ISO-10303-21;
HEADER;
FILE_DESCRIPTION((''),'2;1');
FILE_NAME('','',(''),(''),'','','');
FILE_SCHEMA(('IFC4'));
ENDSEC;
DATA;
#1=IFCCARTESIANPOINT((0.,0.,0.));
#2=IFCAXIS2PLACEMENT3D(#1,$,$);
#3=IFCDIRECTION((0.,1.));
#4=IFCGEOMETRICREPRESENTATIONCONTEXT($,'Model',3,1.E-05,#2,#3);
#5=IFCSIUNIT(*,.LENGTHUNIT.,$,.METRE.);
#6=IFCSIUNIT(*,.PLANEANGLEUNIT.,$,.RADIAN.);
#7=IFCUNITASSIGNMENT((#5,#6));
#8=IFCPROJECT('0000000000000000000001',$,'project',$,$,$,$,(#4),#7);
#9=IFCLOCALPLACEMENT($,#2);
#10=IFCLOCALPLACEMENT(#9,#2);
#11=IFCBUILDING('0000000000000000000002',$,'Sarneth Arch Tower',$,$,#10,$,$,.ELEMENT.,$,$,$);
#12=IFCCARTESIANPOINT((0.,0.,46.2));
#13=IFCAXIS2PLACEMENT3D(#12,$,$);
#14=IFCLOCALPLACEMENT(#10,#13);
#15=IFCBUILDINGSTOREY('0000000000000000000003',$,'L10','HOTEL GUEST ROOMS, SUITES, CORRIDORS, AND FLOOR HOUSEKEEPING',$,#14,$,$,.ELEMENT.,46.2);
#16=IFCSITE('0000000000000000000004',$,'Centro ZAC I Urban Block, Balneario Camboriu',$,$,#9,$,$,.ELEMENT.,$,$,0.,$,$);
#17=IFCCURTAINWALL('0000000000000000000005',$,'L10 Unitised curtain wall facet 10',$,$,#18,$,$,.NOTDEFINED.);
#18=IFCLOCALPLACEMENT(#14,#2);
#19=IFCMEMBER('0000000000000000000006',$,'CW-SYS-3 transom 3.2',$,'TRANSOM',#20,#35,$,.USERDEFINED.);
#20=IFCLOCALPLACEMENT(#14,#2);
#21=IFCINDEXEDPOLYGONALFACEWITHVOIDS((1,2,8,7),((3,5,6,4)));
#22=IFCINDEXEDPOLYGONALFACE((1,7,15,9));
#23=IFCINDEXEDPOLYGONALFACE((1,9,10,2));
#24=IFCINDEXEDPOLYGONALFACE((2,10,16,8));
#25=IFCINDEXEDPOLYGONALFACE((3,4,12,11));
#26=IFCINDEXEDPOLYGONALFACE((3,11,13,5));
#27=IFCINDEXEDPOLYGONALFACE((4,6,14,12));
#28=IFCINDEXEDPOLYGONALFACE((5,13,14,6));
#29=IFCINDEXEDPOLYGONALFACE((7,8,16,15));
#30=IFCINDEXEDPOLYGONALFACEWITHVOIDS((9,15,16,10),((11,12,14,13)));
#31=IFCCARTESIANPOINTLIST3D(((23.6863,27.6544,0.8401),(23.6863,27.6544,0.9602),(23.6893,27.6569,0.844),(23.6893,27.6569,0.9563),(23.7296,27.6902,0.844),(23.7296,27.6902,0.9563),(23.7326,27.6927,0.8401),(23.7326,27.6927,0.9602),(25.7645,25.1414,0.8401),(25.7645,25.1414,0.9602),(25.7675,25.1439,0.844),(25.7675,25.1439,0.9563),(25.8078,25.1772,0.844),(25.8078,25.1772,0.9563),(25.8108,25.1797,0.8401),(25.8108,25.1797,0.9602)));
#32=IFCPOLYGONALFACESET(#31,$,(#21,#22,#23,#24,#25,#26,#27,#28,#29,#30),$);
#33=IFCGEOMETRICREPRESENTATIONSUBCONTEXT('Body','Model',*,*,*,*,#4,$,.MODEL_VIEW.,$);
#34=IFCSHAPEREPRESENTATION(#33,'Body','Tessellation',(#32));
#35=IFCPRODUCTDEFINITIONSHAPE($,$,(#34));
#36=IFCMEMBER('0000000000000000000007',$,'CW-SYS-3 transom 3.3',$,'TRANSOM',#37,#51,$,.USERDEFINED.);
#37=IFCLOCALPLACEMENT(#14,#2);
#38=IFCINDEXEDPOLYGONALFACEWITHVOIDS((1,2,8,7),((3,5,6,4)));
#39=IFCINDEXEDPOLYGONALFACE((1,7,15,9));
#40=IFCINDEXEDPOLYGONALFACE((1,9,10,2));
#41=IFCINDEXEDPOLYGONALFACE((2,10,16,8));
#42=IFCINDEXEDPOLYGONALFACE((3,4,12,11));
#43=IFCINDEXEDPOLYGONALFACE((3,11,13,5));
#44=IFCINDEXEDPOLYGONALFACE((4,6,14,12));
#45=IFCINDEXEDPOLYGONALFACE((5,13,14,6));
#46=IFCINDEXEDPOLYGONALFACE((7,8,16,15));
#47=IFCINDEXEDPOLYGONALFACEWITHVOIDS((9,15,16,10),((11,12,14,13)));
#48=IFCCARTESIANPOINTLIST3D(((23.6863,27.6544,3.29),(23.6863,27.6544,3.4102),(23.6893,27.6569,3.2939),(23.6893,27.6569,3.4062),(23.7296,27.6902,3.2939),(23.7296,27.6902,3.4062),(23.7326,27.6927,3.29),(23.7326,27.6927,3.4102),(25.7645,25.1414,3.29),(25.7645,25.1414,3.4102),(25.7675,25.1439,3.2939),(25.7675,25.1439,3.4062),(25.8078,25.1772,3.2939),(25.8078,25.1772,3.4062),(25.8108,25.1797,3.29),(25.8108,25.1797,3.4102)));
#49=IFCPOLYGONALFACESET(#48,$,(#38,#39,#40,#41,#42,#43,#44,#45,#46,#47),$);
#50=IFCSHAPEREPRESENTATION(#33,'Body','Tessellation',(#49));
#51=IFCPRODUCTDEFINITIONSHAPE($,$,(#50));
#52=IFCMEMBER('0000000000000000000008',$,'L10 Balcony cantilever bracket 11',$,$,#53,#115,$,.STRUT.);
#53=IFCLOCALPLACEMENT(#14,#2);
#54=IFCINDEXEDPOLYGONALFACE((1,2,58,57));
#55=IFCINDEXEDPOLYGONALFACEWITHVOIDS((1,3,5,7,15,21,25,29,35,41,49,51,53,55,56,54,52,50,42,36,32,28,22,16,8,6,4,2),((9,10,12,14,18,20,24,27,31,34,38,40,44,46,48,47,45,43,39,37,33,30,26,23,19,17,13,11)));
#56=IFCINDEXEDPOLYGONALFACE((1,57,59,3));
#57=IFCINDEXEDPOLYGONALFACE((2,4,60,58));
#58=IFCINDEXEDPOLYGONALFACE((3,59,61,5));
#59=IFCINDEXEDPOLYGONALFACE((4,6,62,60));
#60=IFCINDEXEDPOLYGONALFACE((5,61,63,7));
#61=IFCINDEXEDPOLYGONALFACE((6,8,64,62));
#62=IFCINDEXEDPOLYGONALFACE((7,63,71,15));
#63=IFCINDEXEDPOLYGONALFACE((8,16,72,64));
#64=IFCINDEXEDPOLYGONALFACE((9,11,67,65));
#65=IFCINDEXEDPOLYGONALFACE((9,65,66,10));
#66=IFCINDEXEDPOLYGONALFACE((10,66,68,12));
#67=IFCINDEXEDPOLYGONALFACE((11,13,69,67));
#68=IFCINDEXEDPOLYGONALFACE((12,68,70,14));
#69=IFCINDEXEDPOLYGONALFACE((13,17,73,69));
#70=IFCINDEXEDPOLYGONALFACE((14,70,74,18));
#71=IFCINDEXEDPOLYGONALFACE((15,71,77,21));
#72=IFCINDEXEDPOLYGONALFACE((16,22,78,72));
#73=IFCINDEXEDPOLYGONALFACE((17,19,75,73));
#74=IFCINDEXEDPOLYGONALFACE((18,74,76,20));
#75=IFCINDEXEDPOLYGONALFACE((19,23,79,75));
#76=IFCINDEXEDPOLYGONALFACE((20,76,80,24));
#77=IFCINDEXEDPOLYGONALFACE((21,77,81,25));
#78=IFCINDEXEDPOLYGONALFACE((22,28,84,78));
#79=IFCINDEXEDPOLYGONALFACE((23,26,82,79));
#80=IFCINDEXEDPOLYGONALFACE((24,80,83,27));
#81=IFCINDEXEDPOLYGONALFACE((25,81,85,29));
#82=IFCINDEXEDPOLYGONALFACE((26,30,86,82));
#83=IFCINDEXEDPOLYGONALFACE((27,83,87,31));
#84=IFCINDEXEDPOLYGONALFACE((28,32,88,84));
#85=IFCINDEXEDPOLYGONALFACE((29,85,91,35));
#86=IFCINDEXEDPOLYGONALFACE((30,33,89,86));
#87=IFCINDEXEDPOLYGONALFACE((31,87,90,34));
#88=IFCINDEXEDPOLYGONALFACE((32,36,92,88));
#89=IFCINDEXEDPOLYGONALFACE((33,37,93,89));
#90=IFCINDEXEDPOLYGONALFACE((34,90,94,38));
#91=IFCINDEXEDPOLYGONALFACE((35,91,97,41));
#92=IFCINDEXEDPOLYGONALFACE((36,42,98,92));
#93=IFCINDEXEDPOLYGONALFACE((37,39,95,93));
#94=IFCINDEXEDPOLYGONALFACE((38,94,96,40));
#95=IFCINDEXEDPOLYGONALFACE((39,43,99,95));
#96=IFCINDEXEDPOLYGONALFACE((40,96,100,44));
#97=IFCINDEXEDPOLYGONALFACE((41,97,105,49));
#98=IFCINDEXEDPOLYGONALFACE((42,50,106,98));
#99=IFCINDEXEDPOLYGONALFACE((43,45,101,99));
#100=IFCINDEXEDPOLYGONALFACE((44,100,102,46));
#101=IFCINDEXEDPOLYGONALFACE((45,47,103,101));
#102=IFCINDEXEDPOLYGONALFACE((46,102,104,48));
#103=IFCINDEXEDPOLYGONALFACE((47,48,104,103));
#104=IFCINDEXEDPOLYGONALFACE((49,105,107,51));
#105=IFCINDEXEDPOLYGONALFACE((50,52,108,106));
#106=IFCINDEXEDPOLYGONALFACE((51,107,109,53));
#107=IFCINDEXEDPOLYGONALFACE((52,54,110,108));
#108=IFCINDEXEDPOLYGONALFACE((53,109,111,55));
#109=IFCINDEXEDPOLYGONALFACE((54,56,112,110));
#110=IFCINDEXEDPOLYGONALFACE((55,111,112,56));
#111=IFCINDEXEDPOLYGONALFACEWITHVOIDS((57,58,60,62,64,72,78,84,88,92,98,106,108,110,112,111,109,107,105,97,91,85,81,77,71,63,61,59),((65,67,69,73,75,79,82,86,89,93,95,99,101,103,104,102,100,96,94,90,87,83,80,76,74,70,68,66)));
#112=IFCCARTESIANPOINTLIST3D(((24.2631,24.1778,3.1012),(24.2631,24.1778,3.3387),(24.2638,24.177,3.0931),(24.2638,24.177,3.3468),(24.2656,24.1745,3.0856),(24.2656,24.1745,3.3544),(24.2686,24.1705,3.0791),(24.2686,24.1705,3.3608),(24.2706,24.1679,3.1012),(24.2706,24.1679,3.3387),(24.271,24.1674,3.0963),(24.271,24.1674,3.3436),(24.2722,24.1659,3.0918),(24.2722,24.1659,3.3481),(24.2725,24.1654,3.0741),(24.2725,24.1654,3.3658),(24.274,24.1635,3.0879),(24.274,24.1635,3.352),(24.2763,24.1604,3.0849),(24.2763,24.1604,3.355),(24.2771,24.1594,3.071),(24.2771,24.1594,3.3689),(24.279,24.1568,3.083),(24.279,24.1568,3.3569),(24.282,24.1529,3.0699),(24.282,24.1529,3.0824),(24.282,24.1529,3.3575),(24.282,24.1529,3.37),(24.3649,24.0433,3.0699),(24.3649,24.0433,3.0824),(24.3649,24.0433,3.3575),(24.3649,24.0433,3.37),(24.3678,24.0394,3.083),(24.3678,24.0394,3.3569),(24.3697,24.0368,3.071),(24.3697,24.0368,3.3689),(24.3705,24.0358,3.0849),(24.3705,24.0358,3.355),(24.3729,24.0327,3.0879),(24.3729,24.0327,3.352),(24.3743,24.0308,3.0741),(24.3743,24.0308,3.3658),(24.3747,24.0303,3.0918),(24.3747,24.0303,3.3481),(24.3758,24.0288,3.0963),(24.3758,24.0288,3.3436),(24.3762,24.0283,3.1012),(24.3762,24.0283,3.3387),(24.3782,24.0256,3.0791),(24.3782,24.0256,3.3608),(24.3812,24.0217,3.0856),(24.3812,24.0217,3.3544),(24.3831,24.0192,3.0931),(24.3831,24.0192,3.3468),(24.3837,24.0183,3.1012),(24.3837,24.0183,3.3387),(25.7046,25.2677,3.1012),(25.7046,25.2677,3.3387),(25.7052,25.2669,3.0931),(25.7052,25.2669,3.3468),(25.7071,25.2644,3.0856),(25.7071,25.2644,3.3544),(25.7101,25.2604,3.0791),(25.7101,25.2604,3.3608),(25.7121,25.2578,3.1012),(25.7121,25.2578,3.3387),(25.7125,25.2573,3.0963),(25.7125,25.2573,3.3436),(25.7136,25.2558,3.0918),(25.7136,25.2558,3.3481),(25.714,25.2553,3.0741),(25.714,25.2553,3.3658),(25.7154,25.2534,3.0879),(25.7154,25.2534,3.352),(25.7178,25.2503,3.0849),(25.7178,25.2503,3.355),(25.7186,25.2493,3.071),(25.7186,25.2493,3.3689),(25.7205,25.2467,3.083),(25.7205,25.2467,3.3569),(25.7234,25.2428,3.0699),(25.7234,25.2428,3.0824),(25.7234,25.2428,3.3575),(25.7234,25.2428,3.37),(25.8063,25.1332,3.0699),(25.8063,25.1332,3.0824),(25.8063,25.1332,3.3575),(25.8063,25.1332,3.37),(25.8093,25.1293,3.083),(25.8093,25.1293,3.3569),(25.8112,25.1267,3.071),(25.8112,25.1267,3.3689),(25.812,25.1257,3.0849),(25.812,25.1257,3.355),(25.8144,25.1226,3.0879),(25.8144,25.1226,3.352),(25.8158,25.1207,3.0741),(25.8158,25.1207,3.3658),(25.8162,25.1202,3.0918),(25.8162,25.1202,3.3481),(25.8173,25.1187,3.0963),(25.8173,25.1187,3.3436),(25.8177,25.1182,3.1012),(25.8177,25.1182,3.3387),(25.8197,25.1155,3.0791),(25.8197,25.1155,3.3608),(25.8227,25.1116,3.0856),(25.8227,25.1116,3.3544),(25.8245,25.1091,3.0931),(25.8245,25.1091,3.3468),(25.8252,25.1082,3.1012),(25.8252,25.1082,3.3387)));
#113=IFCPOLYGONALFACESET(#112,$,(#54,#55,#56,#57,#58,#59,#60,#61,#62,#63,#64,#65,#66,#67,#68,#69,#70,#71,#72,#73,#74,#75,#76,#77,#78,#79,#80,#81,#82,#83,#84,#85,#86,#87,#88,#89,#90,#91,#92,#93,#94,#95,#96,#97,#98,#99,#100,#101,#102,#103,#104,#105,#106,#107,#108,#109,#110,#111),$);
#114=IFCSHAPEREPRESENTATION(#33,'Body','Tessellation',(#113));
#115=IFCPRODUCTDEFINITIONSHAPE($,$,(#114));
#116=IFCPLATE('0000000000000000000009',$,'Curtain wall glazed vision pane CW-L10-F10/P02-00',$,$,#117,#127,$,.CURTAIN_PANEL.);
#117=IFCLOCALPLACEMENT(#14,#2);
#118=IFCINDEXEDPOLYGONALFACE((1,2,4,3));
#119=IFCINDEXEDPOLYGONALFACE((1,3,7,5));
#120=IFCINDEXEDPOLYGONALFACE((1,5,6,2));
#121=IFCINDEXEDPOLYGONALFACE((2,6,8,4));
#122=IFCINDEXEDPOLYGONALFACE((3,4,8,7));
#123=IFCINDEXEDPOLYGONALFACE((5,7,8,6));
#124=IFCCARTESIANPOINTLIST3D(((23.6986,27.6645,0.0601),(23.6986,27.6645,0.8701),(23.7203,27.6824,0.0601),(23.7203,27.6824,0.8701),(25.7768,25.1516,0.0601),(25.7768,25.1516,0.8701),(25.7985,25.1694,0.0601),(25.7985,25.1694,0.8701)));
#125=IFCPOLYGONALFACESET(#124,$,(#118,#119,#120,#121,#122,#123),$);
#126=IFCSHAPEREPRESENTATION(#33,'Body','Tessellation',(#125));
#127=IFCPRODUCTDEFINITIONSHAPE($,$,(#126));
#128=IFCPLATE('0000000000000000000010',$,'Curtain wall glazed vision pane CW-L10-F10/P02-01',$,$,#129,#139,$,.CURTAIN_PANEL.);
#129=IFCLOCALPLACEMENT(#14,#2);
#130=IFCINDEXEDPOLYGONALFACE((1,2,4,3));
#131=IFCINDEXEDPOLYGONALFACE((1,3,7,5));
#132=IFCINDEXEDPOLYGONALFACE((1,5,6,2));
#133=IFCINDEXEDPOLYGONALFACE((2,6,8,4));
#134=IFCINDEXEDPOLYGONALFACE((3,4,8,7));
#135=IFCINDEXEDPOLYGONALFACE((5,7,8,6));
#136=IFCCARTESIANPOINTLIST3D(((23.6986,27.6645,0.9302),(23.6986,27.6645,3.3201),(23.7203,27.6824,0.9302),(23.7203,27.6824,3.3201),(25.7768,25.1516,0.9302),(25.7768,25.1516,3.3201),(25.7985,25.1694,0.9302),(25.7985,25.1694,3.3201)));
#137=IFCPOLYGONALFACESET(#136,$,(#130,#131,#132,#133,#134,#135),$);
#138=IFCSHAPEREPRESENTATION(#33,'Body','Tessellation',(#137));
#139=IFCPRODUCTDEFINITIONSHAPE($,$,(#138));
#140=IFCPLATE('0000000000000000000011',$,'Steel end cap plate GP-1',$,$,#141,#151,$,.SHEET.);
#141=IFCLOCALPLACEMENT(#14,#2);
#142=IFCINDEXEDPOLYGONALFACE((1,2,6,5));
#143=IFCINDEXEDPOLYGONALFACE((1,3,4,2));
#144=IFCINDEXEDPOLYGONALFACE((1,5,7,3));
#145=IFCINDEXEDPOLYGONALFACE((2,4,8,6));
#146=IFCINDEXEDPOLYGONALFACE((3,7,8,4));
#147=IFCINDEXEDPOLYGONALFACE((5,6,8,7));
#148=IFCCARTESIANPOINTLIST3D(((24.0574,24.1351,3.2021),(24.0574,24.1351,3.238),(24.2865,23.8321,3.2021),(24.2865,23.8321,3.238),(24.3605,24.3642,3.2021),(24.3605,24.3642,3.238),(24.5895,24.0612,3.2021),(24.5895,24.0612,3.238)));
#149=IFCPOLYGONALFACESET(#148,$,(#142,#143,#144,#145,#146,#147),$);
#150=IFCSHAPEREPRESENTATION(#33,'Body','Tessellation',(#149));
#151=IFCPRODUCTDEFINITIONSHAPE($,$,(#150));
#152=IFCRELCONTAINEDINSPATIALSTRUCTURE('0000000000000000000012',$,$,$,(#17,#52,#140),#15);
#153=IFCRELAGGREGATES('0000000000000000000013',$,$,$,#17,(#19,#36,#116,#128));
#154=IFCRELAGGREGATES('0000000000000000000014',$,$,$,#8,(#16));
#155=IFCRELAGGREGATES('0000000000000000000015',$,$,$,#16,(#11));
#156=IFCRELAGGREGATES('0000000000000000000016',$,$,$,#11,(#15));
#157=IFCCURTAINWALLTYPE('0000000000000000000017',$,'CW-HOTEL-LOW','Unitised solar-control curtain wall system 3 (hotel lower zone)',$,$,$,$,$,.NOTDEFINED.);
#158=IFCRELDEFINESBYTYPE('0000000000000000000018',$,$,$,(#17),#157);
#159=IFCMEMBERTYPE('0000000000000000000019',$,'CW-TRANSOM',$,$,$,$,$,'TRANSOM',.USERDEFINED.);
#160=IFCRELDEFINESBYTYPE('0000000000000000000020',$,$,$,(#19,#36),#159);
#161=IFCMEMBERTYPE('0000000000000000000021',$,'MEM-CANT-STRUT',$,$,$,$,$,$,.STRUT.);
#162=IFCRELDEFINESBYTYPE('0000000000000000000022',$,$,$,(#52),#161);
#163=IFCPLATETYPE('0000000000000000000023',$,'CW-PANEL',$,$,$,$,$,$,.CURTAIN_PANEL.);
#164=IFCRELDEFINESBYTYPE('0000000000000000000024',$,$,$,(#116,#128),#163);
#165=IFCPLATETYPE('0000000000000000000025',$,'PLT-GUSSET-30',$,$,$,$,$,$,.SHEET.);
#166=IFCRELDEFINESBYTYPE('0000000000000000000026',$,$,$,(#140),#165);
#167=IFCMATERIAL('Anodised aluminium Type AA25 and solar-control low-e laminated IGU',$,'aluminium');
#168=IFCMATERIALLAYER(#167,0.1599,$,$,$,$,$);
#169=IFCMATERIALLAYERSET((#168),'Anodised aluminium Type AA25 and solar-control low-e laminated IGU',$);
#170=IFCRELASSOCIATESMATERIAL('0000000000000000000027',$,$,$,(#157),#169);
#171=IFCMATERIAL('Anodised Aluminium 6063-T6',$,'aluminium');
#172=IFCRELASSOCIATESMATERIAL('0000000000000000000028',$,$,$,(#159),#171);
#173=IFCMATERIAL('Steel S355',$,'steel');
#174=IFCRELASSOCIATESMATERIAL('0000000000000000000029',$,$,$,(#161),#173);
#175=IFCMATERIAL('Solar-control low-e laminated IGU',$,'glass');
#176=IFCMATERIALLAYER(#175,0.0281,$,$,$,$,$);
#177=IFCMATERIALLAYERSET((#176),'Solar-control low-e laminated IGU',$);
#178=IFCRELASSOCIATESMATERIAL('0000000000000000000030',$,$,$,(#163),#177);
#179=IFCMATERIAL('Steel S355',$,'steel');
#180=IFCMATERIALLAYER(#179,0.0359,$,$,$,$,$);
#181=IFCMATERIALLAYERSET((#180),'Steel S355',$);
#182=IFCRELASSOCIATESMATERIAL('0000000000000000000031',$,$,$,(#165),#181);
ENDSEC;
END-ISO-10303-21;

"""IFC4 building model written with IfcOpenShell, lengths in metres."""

from ifc_helpers import new_model, si_unit, direction, frame, origin, origin_2d, place, context, subcontext, project, spatial, rectangle, hollow_rectangle, extrude, material, layer, layer_set, material_profile, profile_set, type_object, element, aggregate, save


model = new_model("IFC4")

# Units and contexts
model_context = context("Model", 3, precision=1e-05, world=origin(), true_north=direction((0.0, 1.0)))
body_context = subcontext(model_context, "Body", "Model", "MODEL_VIEW")
ifc_project = project(units=[si_unit("LENGTHUNIT", "METRE"), si_unit("PLANEANGLEUNIT", "RADIAN")], contexts=[model_context])

# Site, building, storey
site_placement = place(None, origin())
site = spatial("IfcSite", under=ifc_project, at=site_placement, Name="Centro ZAC I Urban Block, Balneario Camboriu", CompositionType="ELEMENT", RefElevation=0.0)
building_placement = place(site_placement, origin())
building = spatial("IfcBuilding", under=site, at=building_placement, Name="Sarneth Arch Tower", CompositionType="ELEMENT")
storey_placement = place(building_placement, frame((0.0, 0.0, 46.2)))
storey = spatial("IfcBuildingStorey", under=building, at=storey_placement, Name="L10", Description="HOTEL GUEST ROOMS, SUITES, CORRIDORS, AND FLOOR HOUSEKEEPING", CompositionType="ELEMENT", Elevation=46.2)

# Curtain wall, members
ifc_material_1 = material(Name="Anodised aluminium Type AA25 and solar-control low-e laminated IGU", Category="aluminium")
ifc_layer_1 = layer(ifc_material_1, 0.1599)
ifc_layer_set_1 = layer_set([ifc_layer_1], Name="Anodised aluminium Type AA25 and solar-control low-e laminated IGU")
curtain_wall_type = type_object("IfcCurtainWallType", Name="CW-HOTEL-LOW", Description="Unitised solar-control curtain wall system 3 (hotel lower zone)", PredefinedType="NOTDEFINED", material=ifc_layer_set_1)
curtain_wall_placement = place(storey_placement, origin())
curtain_wall = element("IfcCurtainWall", 1, at=curtain_wall_placement, inside=storey, type_object=curtain_wall_type, Name="L10 Unitised curtain wall facet 10", PredefinedType="NOTDEFINED")
ifc_material_2 = material(Name="Anodised Aluminium 6063-T6", Category="aluminium")
ifc_material_profile_1 = material_profile(ifc_material_2, hollow_rectangle(XDim=0.0601, YDim=0.1201, WallThickness=0.0039, at=origin_2d()), Name="AL-TRAN-120x60x4")
ifc_profile_set_1 = profile_set([ifc_material_profile_1], Name="Anodised Aluminium 6063-T6")
member_type_1 = type_object("IfcMemberType", Name="CW-TRANSOM", ElementType="TRANSOM", PredefinedType="USERDEFINED", material=ifc_profile_set_1)
member_1_placement = place(storey_placement, frame((23.7095, 27.6736, 0.9001), z_axis=(0.637286, -0.770628, 0.0), x_axis=(0.770628, 0.637286, 0.0)))
member_1 = element("IfcMember", 2, at=member_1_placement, type_object=member_type_1, Name="CW-SYS-3 transom 3.2", ObjectType="TRANSOM", PredefinedType="USERDEFINED", context=body_context, shape_type="SweptSolid", body=[
    extrude(hollow_rectangle(XDim=0.0601, YDim=0.1201, WallThickness=0.0039, at=origin_2d()), origin(), (0.0, 0.0, 1.0), 3.261),
])
member_2_placement = place(storey_placement, frame((23.7095, 27.6736, 3.3501), z_axis=(0.637286, -0.770628, 0.0), x_axis=(0.770628, 0.637286, 0.0)))
member_2 = element("IfcMember", 3, at=member_2_placement, type_object=member_type_1, Name="CW-SYS-3 transom 3.3", ObjectType="TRANSOM", PredefinedType="USERDEFINED", context=body_context, shape_type="SweptSolid", body=[
    extrude(hollow_rectangle(XDim=0.0601, YDim=0.1201, WallThickness=0.0039, at=origin_2d()), origin(), (0.0, 0.0, 1.0), 3.261),
])

# Member
ifc_material_3 = material(Name="Steel S355", Category="steel")
ifc_material_profile_2 = material_profile(ifc_material_3, hollow_rectangle(XDim=0.2, YDim=0.3, WallThickness=0.0125, InnerFilletRadius=0.0188, OuterFilletRadius=0.0312, at=origin_2d()), Name="RHS300x200x12.5")
ifc_profile_set_2 = profile_set([ifc_material_profile_2], Name="Steel S355")
member_type_2 = type_object("IfcMemberType", Name="MEM-CANT-STRUT", PredefinedType="STRUT", material=ifc_profile_set_2)
member_3_placement = place(storey_placement, frame((25.7649, 25.188, 3.22), z_axis=(-0.797659, -0.603108, 0.0), x_axis=(0.603108, -0.797659, 0.0)))
element("IfcMember", 4, at=member_3_placement, inside=storey, type_object=member_type_2, Name="L10 Balcony cantilever bracket 11", PredefinedType="STRUT", context=body_context, shape_type="SweptSolid", body=[
    extrude(hollow_rectangle(XDim=0.2, YDim=0.3, WallThickness=0.0125, InnerFilletRadius=0.0188, OuterFilletRadius=0.0312, at=origin_2d()), origin(), (0.0, 0.0, 1.0), 1.8071),
])

# Plates
ifc_material_4 = material(Name="Solar-control low-e laminated IGU", Category="glass")
ifc_layer_2 = layer(ifc_material_4, 0.0281)
ifc_layer_set_2 = layer_set([ifc_layer_2], Name="Solar-control low-e laminated IGU")
plate_type_1 = type_object("IfcPlateType", Name="CW-PANEL", PredefinedType="CURTAIN_PANEL", material=ifc_layer_set_2)
plate_1_placement = place(storey_placement, frame((24.7485, 26.417, 0.0601), z_axis=(0.0, 0.0, 1.0), x_axis=(0.637291, -0.770623, 0.0)))
plate_1 = element("IfcPlate", 5, at=plate_1_placement, type_object=plate_type_1, Name="Curtain wall glazed vision pane CW-L10-F10/P02-00", PredefinedType="CURTAIN_PANEL", context=body_context, shape_type="SweptSolid", body=[
    extrude(rectangle(XDim=3.261, YDim=0.0281, at=origin_2d()), origin(), (0.0, 0.0, 1.0), 0.8101),
])
plate_2_placement = place(storey_placement, frame((24.7485, 26.417, 0.9302), z_axis=(0.0, 0.0, 1.0), x_axis=(0.637291, -0.770623, 0.0)))
plate_2 = element("IfcPlate", 6, at=plate_2_placement, type_object=plate_type_1, Name="Curtain wall glazed vision pane CW-L10-F10/P02-01", PredefinedType="CURTAIN_PANEL", context=body_context, shape_type="SweptSolid", body=[
    extrude(rectangle(XDim=3.261, YDim=0.0281, at=origin_2d()), origin(), (0.0, 0.0, 1.0), 2.3899),
])
aggregate(curtain_wall, [member_1, member_2, plate_1, plate_2])
ifc_material_5 = material(Name="Steel S355", Category="steel")
ifc_layer_3 = layer(ifc_material_5, 0.0359)
ifc_layer_set_3 = layer_set([ifc_layer_3], Name="Steel S355")
plate_type_2 = type_object("IfcPlateType", Name="PLT-GUSSET-30", PredefinedType="SHEET", material=ifc_layer_set_3)
plate_3_placement = place(storey_placement, frame((24.3235, 24.0981, 3.2021), z_axis=(0.0, 0.0, 1.0), x_axis=(-0.797689, -0.603069, 0.0)))
element("IfcPlate", 7, at=plate_3_placement, inside=storey, type_object=plate_type_2, Name="Steel end cap plate GP-1", PredefinedType="SHEET", context=body_context, shape_type="SweptSolid", body=[
    extrude(rectangle(XDim=0.3799, YDim=0.3799, at=origin_2d()), origin(), (0.0, 0.0, 1.0), 0.0359),
])

save(model, "model.ifc")
